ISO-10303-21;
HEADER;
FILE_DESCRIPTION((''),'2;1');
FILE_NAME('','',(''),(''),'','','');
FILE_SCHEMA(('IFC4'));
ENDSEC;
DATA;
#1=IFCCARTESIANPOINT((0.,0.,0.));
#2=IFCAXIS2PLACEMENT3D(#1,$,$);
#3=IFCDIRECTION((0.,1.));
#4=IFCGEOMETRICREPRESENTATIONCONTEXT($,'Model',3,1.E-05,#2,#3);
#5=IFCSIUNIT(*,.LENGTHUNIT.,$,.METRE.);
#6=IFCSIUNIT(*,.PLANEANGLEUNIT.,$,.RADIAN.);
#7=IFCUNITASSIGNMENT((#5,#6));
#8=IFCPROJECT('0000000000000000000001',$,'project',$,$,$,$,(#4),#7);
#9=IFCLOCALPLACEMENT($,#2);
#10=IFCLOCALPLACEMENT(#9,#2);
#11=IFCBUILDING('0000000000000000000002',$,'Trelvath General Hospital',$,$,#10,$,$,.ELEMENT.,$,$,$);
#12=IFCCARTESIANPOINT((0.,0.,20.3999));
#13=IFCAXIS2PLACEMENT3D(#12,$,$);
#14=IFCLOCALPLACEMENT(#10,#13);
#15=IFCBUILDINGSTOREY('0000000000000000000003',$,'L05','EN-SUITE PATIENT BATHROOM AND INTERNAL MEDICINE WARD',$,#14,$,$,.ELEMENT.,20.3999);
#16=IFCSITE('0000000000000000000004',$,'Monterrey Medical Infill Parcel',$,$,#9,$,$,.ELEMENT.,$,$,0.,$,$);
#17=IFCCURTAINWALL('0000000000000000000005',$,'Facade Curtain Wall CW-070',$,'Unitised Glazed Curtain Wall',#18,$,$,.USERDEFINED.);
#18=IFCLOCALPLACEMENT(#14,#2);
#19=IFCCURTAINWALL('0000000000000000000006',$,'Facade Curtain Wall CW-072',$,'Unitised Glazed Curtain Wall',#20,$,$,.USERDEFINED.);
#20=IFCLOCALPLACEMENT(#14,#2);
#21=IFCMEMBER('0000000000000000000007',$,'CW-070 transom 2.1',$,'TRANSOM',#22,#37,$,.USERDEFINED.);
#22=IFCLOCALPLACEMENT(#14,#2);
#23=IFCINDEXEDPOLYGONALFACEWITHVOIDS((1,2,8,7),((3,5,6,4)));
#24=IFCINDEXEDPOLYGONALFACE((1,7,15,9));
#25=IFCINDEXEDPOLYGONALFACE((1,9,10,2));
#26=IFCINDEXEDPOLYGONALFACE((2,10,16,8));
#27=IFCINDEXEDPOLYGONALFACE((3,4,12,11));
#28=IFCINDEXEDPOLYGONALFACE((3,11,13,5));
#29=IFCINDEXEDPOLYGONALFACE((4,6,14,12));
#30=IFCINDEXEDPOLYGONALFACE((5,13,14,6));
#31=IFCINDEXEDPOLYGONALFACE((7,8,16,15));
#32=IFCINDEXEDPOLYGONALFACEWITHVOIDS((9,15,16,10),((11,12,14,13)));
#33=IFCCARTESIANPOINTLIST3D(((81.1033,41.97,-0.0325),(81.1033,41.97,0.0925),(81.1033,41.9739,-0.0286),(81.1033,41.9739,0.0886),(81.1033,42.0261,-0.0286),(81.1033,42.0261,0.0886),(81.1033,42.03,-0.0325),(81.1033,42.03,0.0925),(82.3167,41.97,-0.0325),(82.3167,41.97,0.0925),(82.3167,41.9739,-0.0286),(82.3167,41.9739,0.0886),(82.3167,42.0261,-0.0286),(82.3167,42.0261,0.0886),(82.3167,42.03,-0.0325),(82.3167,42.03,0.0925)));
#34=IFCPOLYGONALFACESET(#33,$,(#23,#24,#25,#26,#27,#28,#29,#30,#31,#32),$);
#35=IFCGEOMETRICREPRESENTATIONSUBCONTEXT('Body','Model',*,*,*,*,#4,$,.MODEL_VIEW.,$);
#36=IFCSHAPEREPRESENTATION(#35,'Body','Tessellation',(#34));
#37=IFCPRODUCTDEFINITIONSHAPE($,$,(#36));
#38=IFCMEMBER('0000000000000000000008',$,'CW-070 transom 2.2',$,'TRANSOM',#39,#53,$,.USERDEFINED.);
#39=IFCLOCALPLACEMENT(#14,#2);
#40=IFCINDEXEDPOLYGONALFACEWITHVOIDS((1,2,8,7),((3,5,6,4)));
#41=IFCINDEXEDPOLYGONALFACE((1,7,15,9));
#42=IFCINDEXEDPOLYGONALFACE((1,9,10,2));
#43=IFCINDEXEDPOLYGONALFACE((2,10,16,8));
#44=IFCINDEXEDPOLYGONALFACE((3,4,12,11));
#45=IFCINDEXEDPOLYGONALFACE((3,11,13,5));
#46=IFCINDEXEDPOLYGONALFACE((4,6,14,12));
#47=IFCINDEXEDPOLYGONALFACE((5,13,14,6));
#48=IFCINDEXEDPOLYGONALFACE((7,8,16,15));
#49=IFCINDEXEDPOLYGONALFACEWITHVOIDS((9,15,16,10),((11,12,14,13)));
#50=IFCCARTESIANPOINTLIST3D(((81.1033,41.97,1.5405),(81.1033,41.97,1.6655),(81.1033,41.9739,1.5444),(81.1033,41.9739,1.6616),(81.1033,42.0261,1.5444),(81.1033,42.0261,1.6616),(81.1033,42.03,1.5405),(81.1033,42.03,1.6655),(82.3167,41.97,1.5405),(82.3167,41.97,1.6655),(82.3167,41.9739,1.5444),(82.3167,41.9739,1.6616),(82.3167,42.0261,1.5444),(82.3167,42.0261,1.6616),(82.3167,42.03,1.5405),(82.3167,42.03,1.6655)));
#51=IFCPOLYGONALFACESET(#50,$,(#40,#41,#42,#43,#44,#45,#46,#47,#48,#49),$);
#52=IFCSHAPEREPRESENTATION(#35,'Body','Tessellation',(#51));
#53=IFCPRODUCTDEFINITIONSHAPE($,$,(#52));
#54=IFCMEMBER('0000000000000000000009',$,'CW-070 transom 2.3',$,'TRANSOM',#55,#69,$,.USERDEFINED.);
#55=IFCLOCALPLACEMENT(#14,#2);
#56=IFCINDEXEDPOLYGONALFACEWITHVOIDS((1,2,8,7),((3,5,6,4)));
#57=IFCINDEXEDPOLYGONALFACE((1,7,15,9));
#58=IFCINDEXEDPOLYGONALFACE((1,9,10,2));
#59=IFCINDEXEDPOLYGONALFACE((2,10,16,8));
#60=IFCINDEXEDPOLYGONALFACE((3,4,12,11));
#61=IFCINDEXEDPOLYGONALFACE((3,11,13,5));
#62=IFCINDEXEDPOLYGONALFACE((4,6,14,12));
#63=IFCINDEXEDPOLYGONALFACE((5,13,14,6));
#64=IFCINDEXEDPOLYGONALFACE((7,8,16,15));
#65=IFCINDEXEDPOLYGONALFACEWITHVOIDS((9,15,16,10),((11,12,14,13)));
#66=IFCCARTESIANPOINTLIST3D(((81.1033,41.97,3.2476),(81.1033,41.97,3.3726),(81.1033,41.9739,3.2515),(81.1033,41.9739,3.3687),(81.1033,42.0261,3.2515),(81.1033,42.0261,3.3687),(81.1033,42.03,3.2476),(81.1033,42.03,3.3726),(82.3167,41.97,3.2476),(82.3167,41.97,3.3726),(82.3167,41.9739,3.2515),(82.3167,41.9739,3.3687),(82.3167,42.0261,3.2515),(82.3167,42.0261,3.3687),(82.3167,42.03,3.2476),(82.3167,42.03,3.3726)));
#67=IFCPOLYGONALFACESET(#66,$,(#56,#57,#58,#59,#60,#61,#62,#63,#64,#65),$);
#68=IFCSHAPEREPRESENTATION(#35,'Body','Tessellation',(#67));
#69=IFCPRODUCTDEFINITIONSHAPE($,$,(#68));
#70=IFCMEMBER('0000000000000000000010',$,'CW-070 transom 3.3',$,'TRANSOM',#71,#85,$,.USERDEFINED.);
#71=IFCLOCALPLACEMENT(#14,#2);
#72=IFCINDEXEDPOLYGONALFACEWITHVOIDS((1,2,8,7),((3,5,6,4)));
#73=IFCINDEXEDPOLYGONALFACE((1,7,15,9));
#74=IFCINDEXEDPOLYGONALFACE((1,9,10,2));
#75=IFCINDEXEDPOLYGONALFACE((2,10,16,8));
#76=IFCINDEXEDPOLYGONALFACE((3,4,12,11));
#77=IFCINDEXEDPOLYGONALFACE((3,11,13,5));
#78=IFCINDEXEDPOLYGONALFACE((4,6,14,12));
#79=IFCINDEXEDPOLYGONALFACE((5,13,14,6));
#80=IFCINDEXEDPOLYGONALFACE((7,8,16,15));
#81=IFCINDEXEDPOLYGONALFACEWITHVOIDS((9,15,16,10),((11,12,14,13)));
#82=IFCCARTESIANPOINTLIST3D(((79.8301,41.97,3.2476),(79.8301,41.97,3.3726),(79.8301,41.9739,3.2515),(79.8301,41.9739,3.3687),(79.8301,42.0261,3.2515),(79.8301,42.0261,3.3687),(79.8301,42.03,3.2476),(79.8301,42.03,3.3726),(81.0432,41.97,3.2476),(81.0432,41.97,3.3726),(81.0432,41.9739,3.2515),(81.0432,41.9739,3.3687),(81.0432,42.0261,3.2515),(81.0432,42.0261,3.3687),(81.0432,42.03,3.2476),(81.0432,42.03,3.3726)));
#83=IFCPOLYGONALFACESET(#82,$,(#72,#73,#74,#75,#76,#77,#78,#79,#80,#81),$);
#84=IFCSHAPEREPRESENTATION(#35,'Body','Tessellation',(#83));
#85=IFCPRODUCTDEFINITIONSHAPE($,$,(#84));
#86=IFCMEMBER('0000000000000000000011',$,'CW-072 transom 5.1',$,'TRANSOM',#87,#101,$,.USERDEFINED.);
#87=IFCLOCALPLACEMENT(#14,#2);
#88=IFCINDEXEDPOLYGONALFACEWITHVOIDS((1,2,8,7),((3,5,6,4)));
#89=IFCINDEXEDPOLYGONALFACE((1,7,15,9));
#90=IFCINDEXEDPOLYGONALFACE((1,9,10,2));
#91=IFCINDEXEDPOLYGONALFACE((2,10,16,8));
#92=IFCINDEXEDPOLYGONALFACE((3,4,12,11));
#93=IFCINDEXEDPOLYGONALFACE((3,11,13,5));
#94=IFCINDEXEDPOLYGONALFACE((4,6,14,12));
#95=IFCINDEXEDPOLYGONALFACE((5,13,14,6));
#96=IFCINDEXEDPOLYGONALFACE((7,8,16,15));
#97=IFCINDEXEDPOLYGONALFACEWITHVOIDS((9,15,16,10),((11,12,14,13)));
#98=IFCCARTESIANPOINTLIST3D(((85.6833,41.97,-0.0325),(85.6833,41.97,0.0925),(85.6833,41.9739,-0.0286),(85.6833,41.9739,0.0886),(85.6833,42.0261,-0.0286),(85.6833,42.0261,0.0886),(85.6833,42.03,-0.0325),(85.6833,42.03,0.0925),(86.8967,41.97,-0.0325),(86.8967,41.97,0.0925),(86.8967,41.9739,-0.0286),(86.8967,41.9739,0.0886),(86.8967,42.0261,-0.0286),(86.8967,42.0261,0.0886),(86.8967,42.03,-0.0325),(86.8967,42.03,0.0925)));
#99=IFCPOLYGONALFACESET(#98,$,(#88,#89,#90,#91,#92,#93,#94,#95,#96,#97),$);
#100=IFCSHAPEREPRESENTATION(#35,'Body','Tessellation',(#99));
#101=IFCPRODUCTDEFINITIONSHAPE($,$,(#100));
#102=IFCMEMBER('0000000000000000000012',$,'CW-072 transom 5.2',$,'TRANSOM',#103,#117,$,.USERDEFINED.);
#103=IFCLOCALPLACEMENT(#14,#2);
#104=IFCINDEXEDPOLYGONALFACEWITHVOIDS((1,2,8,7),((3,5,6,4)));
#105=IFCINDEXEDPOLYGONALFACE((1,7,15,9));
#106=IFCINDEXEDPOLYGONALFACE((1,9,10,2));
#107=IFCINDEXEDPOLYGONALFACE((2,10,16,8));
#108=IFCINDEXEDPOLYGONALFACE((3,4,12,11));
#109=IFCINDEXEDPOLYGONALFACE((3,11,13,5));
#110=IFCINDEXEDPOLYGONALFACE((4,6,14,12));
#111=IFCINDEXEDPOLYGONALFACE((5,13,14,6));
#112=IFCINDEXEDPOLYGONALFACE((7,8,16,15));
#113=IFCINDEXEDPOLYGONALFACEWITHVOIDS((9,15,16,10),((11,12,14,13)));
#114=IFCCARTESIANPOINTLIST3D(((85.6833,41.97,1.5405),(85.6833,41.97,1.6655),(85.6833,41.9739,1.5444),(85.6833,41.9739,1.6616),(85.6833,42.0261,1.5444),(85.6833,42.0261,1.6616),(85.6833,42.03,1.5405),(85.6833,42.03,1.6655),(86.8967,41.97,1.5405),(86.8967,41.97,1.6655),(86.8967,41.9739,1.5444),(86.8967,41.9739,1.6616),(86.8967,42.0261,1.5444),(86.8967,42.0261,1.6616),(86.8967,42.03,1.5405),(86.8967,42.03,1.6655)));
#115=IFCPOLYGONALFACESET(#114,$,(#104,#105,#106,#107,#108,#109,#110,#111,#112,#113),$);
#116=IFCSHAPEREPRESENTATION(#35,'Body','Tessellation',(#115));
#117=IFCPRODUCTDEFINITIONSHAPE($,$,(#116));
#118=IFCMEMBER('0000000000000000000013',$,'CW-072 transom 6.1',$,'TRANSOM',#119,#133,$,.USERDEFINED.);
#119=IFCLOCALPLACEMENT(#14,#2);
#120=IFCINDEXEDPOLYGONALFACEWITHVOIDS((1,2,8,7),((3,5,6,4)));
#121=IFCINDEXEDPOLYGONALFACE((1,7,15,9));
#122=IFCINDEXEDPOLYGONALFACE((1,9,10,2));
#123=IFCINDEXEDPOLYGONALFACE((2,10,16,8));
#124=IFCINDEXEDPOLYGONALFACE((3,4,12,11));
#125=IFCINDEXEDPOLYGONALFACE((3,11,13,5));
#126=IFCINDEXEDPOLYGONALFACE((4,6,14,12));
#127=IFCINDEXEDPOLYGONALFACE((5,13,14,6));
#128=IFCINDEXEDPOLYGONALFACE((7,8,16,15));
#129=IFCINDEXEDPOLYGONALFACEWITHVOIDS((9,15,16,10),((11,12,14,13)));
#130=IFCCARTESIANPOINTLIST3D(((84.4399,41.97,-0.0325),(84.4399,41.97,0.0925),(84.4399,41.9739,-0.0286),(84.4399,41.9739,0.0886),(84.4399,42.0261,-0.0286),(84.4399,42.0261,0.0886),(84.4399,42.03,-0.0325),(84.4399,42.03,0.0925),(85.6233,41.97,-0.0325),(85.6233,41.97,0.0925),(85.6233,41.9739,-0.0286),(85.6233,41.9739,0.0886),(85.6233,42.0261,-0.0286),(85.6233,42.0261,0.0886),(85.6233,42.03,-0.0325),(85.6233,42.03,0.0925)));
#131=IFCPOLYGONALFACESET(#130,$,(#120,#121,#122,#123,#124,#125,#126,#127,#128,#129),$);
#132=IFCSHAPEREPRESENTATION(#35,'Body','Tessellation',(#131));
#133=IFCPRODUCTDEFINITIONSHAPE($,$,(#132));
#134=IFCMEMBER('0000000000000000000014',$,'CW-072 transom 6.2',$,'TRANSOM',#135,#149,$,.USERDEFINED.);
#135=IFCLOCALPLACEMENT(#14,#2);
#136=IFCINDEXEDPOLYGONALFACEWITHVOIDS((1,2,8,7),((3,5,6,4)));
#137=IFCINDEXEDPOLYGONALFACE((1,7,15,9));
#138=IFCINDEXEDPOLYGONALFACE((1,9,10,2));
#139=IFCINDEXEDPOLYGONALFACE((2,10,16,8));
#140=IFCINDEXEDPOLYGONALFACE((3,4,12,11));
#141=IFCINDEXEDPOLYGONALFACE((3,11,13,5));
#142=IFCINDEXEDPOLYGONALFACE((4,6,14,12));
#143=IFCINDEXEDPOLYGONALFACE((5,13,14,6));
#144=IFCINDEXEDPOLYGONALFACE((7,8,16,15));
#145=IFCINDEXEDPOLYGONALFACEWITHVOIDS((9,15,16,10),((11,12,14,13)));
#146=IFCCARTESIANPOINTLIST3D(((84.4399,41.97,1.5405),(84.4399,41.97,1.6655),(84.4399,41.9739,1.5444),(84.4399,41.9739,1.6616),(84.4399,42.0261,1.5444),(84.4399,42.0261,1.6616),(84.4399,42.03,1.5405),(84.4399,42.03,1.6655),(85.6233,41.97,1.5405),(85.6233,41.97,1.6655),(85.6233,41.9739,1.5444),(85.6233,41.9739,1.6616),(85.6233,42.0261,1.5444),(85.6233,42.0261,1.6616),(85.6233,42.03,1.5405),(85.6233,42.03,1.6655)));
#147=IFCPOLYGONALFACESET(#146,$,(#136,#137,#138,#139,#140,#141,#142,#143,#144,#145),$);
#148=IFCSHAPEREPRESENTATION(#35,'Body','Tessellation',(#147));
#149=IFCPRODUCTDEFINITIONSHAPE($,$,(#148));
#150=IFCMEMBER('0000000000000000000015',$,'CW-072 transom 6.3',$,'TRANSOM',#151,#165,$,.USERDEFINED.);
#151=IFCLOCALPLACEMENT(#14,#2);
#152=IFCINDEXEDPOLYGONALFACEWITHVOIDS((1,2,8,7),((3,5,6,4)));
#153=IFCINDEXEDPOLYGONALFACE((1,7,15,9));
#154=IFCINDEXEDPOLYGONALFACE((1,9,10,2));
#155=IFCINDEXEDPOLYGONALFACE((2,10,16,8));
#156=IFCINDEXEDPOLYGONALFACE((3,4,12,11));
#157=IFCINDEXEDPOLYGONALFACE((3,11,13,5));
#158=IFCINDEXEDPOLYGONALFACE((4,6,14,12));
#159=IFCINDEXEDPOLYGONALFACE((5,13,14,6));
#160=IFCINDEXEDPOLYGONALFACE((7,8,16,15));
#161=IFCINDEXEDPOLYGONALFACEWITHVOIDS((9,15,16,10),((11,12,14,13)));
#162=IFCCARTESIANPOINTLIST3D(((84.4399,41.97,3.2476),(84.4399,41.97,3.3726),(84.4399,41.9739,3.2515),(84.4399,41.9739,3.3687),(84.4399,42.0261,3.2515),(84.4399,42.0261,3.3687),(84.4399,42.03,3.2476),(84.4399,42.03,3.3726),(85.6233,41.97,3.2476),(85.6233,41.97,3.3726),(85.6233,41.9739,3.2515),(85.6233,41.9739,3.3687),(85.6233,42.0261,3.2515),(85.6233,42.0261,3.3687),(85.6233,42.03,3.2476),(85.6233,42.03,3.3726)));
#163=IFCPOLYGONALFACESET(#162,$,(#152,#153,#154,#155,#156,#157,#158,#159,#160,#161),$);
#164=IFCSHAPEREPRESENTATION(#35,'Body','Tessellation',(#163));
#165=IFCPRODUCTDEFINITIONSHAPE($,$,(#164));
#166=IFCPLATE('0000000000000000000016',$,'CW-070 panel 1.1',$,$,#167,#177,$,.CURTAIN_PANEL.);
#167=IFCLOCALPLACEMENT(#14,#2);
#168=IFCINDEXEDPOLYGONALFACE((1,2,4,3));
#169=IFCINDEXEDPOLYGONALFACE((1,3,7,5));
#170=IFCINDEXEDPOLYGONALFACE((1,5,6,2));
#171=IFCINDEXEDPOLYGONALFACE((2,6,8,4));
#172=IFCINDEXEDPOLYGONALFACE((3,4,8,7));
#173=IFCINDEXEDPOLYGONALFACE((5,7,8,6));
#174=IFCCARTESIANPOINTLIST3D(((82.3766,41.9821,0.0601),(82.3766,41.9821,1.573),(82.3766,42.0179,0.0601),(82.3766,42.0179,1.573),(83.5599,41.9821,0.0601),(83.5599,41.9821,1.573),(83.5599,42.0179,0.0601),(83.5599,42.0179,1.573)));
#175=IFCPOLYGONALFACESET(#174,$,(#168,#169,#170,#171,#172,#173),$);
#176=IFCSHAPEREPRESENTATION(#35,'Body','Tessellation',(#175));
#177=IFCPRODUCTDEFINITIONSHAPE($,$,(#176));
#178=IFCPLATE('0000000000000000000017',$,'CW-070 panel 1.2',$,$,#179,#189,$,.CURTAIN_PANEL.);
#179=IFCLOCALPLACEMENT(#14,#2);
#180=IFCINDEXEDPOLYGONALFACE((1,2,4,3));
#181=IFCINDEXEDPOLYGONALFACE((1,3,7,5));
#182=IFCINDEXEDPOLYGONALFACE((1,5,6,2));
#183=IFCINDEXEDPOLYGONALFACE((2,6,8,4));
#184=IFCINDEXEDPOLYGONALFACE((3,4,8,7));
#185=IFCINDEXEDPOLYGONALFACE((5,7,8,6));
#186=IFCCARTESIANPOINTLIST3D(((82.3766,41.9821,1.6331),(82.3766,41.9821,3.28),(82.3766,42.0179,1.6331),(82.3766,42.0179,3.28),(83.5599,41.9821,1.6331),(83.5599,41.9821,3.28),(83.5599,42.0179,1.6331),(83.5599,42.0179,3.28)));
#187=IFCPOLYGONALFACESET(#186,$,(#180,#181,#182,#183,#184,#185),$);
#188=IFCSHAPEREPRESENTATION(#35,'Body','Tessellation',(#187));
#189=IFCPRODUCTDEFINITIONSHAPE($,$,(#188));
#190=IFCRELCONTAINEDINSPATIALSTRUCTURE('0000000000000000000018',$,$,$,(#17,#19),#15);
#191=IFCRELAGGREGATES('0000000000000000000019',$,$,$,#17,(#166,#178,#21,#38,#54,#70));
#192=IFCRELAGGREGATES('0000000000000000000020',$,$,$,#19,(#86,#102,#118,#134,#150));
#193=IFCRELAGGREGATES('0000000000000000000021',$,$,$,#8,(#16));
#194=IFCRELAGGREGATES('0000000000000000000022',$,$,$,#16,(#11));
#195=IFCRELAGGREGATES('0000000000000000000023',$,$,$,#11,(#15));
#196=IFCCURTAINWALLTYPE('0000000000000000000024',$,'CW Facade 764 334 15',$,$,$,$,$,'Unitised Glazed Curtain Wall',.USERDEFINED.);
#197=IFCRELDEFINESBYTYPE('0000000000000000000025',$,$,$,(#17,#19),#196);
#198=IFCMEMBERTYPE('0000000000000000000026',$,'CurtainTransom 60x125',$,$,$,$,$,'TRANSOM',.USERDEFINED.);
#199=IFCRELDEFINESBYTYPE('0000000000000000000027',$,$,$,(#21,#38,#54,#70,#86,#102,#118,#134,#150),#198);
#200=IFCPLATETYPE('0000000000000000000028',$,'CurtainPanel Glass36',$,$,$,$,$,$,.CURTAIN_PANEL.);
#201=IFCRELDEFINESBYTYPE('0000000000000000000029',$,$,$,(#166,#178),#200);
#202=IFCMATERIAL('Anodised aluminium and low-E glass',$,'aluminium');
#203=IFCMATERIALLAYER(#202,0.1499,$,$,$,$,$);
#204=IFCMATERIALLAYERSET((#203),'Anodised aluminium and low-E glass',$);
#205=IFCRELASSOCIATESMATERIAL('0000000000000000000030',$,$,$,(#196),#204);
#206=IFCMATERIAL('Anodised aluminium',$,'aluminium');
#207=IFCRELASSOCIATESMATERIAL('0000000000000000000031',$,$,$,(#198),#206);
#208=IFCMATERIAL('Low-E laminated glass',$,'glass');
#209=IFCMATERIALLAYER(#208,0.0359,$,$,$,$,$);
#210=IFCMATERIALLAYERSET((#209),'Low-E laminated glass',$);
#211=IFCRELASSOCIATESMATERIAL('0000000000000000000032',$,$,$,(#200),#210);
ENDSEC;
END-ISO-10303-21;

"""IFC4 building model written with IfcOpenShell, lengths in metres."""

from ifc_helpers import new_model, si_unit, direction, frame, origin, origin_2d, place, context, subcontext, project, spatial, rectangle, hollow_rectangle, extrude, material, layer, layer_set, material_profile, profile_set, type_object, element, aggregate, save


model = new_model("IFC4")

# Units and contexts
model_context = context("Model", 3, precision=1e-05, world=origin(), true_north=direction((0.0, 1.0)))
body_context = subcontext(model_context, "Body", "Model", "MODEL_VIEW")
ifc_project = project(units=[si_unit("LENGTHUNIT", "METRE"), si_unit("PLANEANGLEUNIT", "RADIAN")], contexts=[model_context])

# Site, building, storey
site_placement = place(None, origin())
site = spatial("IfcSite", under=ifc_project, at=site_placement, Name="Monterrey Medical Infill Parcel", CompositionType="ELEMENT", RefElevation=0.0)
building_placement = place(site_placement, origin())
building = spatial("IfcBuilding", under=site, at=building_placement, Name="Trelvath General Hospital", CompositionType="ELEMENT")
storey_placement = place(building_placement, frame((0.0, 0.0, 20.3999)))
storey = spatial("IfcBuildingStorey", under=building, at=storey_placement, Name="L05", Description="EN-SUITE PATIENT BATHROOM AND INTERNAL MEDICINE WARD", CompositionType="ELEMENT", Elevation=20.3999)

# Curtain walls
ifc_material_1 = material(Name="Anodised aluminium and low-E glass", Category="aluminium")
ifc_layer_1 = layer(ifc_material_1, 0.1499)
ifc_layer_set_1 = layer_set([ifc_layer_1], Name="Anodised aluminium and low-E glass")
curtain_wall_type = type_object("IfcCurtainWallType", Name="CW Facade 764 334 15", ElementType="Unitised Glazed Curtain Wall", PredefinedType="USERDEFINED", material=ifc_layer_set_1)
curtain_wall_1_placement = place(storey_placement, origin())
curtain_wall_1 = element("IfcCurtainWall", 1, at=curtain_wall_1_placement, inside=storey, type_object=curtain_wall_type, Name="Facade Curtain Wall CW-070", ObjectType="Unitised Glazed Curtain Wall", PredefinedType="USERDEFINED")
curtain_wall_2_placement = place(storey_placement, origin())
curtain_wall_2 = element("IfcCurtainWall", 2, at=curtain_wall_2_placement, inside=storey, type_object=curtain_wall_type, Name="Facade Curtain Wall CW-072", ObjectType="Unitised Glazed Curtain Wall", PredefinedType="USERDEFINED")

# Members
ifc_material_2 = material(Name="Anodised aluminium", Category="aluminium")
ifc_material_profile_1 = material_profile(ifc_material_2, hollow_rectangle(XDim=0.0601, YDim=0.125, WallThickness=0.0039, at=origin_2d()), Name="RHS60x125x4")
ifc_profile_set_1 = profile_set([ifc_material_profile_1], Name="Anodised aluminium")
member_type_1 = type_object("IfcMemberType", Name="CurtainTransom 60x125", ElementType="TRANSOM", PredefinedType="USERDEFINED", material=ifc_profile_set_1)
member_1_placement = place(storey_placement, frame((82.3167, 42.0, 0.03), z_axis=(-1.0, 0.0, 0.0), x_axis=(0.0, -1.0, 0.0)))
member_1 = element("IfcMember", 3, at=member_1_placement, type_object=member_type_1, Name="CW-070 transom 2.1", ObjectType="TRANSOM", PredefinedType="USERDEFINED", context=body_context, shape_type="SweptSolid", body=[
    extrude(hollow_rectangle(XDim=0.0601, YDim=0.125, WallThickness=0.0039, at=origin_2d()), origin(), (0.0, 0.0, 1.0), 1.2134),
])
member_2_placement = place(storey_placement, frame((82.3167, 42.0, 1.603), z_axis=(-1.0, 0.0, 0.0), x_axis=(0.0, -1.0, 0.0)))
member_2 = element("IfcMember", 4, at=member_2_placement, type_object=member_type_1, Name="CW-070 transom 2.2", ObjectType="TRANSOM", PredefinedType="USERDEFINED", context=body_context, shape_type="SweptSolid", body=[
    extrude(hollow_rectangle(XDim=0.0601, YDim=0.125, WallThickness=0.0039, at=origin_2d()), origin(), (0.0, 0.0, 1.0), 1.2134),
])
member_3_placement = place(storey_placement, frame((82.3167, 42.0, 3.3101), z_axis=(-1.0, 0.0, 0.0), x_axis=(0.0, -1.0, 0.0)))
member_3 = element("IfcMember", 5, at=member_3_placement, type_object=member_type_1, Name="CW-070 transom 2.3", ObjectType="TRANSOM", PredefinedType="USERDEFINED", context=body_context, shape_type="SweptSolid", body=[
    extrude(hollow_rectangle(XDim=0.0601, YDim=0.125, WallThickness=0.0039, at=origin_2d()), origin(), (0.0, 0.0, 1.0), 1.2134),
])
member_4_placement = place(storey_placement, frame((81.0432, 42.0, 3.3101), z_axis=(-1.0, 0.0, 0.0), x_axis=(0.0, -1.0, 0.0)))
member_4 = element("IfcMember", 6, at=member_4_placement, type_object=member_type_1, Name="CW-070 transom 3.3", ObjectType="TRANSOM", PredefinedType="USERDEFINED", context=body_context, shape_type="SweptSolid", body=[
    extrude(hollow_rectangle(XDim=0.0601, YDim=0.125, WallThickness=0.0039, at=origin_2d()), origin(), (0.0, 0.0, 1.0), 1.2131),
])
member_5_placement = place(storey_placement, frame((86.8967, 42.0, 0.03), z_axis=(-1.0, 0.0, 0.0), x_axis=(0.0, -1.0, 0.0)))
member_5 = element("IfcMember", 7, at=member_5_placement, type_object=member_type_1, Name="CW-072 transom 5.1", ObjectType="TRANSOM", PredefinedType="USERDEFINED", context=body_context, shape_type="SweptSolid", body=[
    extrude(hollow_rectangle(XDim=0.0601, YDim=0.125, WallThickness=0.0039, at=origin_2d()), origin(), (0.0, 0.0, 1.0), 1.2134),
])
member_6_placement = place(storey_placement, frame((86.8967, 42.0, 1.603), z_axis=(-1.0, 0.0, 0.0), x_axis=(0.0, -1.0, 0.0)))
member_6 = element("IfcMember", 8, at=member_6_placement, type_object=member_type_1, Name="CW-072 transom 5.2", ObjectType="TRANSOM", PredefinedType="USERDEFINED", context=body_context, shape_type="SweptSolid", body=[
    extrude(hollow_rectangle(XDim=0.0601, YDim=0.125, WallThickness=0.0039, at=origin_2d()), origin(), (0.0, 0.0, 1.0), 1.2134),
])
member_7_placement = place(storey_placement, frame((85.6233, 42.0, 0.03), z_axis=(-1.0, 0.0, 0.0), x_axis=(0.0, -1.0, 0.0)))
member_7 = element("IfcMember", 9, at=member_7_placement, type_object=member_type_1, Name="CW-072 transom 6.1", ObjectType="TRANSOM", PredefinedType="USERDEFINED", context=body_context, shape_type="SweptSolid", body=[
    extrude(hollow_rectangle(XDim=0.0601, YDim=0.125, WallThickness=0.0039, at=origin_2d()), origin(), (0.0, 0.0, 1.0), 1.1833),
])
member_8_placement = place(storey_placement, frame((85.6233, 42.0, 1.603), z_axis=(-1.0, 0.0, 0.0), x_axis=(0.0, -1.0, 0.0)))
member_8 = element("IfcMember", 10, at=member_8_placement, type_object=member_type_1, Name="CW-072 transom 6.2", ObjectType="TRANSOM", PredefinedType="USERDEFINED", context=body_context, shape_type="SweptSolid", body=[
    extrude(hollow_rectangle(XDim=0.0601, YDim=0.125, WallThickness=0.0039, at=origin_2d()), origin(), (0.0, 0.0, 1.0), 1.1833),
])
member_9_placement = place(storey_placement, frame((85.6233, 42.0, 3.3101), z_axis=(-1.0, 0.0, 0.0), x_axis=(0.0, -1.0, 0.0)))
member_9 = element("IfcMember", 11, at=member_9_placement, type_object=member_type_1, Name="CW-072 transom 6.3", ObjectType="TRANSOM", PredefinedType="USERDEFINED", context=body_context, shape_type="SweptSolid", body=[
    extrude(hollow_rectangle(XDim=0.0601, YDim=0.125, WallThickness=0.0039, at=origin_2d()), origin(), (0.0, 0.0, 1.0), 1.1833),
])

# Plates
ifc_material_3 = material(Name="Low-E laminated glass", Category="glass")
ifc_layer_2 = layer(ifc_material_3, 0.0359)
ifc_layer_set_2 = layer_set([ifc_layer_2], Name="Low-E laminated glass")
plate_type = type_object("IfcPlateType", Name="CurtainPanel Glass36", PredefinedType="CURTAIN_PANEL", material=ifc_layer_set_2)
plate_1_placement = place(storey_placement, frame((82.9683, 42.0, 0.0601), z_axis=(0.0, 0.0, 1.0), x_axis=(-1.0, 0.0, 0.0)))
plate_1 = element("IfcPlate", 12, at=plate_1_placement, type_object=plate_type, Name="CW-070 panel 1.1", PredefinedType="CURTAIN_PANEL", context=body_context, shape_type="SweptSolid", body=[
    extrude(rectangle(XDim=1.1833, YDim=0.0359, at=origin_2d()), origin(), (0.0, 0.0, 1.0), 1.5129),
])
plate_2_placement = place(storey_placement, frame((82.9683, 42.0, 1.6331), z_axis=(0.0, 0.0, 1.0), x_axis=(-1.0, 0.0, 0.0)))
plate_2 = element("IfcPlate", 13, at=plate_2_placement, type_object=plate_type, Name="CW-070 panel 1.2", PredefinedType="CURTAIN_PANEL", context=body_context, shape_type="SweptSolid", body=[
    extrude(rectangle(XDim=1.1833, YDim=0.0359, at=origin_2d()), origin(), (0.0, 0.0, 1.0), 1.647),
])
aggregate(curtain_wall_1, [plate_1, plate_2, member_1, member_2, member_3, member_4])
aggregate(curtain_wall_2, [member_5, member_6, member_7, member_8, member_9])

save(model, "model.ifc")
